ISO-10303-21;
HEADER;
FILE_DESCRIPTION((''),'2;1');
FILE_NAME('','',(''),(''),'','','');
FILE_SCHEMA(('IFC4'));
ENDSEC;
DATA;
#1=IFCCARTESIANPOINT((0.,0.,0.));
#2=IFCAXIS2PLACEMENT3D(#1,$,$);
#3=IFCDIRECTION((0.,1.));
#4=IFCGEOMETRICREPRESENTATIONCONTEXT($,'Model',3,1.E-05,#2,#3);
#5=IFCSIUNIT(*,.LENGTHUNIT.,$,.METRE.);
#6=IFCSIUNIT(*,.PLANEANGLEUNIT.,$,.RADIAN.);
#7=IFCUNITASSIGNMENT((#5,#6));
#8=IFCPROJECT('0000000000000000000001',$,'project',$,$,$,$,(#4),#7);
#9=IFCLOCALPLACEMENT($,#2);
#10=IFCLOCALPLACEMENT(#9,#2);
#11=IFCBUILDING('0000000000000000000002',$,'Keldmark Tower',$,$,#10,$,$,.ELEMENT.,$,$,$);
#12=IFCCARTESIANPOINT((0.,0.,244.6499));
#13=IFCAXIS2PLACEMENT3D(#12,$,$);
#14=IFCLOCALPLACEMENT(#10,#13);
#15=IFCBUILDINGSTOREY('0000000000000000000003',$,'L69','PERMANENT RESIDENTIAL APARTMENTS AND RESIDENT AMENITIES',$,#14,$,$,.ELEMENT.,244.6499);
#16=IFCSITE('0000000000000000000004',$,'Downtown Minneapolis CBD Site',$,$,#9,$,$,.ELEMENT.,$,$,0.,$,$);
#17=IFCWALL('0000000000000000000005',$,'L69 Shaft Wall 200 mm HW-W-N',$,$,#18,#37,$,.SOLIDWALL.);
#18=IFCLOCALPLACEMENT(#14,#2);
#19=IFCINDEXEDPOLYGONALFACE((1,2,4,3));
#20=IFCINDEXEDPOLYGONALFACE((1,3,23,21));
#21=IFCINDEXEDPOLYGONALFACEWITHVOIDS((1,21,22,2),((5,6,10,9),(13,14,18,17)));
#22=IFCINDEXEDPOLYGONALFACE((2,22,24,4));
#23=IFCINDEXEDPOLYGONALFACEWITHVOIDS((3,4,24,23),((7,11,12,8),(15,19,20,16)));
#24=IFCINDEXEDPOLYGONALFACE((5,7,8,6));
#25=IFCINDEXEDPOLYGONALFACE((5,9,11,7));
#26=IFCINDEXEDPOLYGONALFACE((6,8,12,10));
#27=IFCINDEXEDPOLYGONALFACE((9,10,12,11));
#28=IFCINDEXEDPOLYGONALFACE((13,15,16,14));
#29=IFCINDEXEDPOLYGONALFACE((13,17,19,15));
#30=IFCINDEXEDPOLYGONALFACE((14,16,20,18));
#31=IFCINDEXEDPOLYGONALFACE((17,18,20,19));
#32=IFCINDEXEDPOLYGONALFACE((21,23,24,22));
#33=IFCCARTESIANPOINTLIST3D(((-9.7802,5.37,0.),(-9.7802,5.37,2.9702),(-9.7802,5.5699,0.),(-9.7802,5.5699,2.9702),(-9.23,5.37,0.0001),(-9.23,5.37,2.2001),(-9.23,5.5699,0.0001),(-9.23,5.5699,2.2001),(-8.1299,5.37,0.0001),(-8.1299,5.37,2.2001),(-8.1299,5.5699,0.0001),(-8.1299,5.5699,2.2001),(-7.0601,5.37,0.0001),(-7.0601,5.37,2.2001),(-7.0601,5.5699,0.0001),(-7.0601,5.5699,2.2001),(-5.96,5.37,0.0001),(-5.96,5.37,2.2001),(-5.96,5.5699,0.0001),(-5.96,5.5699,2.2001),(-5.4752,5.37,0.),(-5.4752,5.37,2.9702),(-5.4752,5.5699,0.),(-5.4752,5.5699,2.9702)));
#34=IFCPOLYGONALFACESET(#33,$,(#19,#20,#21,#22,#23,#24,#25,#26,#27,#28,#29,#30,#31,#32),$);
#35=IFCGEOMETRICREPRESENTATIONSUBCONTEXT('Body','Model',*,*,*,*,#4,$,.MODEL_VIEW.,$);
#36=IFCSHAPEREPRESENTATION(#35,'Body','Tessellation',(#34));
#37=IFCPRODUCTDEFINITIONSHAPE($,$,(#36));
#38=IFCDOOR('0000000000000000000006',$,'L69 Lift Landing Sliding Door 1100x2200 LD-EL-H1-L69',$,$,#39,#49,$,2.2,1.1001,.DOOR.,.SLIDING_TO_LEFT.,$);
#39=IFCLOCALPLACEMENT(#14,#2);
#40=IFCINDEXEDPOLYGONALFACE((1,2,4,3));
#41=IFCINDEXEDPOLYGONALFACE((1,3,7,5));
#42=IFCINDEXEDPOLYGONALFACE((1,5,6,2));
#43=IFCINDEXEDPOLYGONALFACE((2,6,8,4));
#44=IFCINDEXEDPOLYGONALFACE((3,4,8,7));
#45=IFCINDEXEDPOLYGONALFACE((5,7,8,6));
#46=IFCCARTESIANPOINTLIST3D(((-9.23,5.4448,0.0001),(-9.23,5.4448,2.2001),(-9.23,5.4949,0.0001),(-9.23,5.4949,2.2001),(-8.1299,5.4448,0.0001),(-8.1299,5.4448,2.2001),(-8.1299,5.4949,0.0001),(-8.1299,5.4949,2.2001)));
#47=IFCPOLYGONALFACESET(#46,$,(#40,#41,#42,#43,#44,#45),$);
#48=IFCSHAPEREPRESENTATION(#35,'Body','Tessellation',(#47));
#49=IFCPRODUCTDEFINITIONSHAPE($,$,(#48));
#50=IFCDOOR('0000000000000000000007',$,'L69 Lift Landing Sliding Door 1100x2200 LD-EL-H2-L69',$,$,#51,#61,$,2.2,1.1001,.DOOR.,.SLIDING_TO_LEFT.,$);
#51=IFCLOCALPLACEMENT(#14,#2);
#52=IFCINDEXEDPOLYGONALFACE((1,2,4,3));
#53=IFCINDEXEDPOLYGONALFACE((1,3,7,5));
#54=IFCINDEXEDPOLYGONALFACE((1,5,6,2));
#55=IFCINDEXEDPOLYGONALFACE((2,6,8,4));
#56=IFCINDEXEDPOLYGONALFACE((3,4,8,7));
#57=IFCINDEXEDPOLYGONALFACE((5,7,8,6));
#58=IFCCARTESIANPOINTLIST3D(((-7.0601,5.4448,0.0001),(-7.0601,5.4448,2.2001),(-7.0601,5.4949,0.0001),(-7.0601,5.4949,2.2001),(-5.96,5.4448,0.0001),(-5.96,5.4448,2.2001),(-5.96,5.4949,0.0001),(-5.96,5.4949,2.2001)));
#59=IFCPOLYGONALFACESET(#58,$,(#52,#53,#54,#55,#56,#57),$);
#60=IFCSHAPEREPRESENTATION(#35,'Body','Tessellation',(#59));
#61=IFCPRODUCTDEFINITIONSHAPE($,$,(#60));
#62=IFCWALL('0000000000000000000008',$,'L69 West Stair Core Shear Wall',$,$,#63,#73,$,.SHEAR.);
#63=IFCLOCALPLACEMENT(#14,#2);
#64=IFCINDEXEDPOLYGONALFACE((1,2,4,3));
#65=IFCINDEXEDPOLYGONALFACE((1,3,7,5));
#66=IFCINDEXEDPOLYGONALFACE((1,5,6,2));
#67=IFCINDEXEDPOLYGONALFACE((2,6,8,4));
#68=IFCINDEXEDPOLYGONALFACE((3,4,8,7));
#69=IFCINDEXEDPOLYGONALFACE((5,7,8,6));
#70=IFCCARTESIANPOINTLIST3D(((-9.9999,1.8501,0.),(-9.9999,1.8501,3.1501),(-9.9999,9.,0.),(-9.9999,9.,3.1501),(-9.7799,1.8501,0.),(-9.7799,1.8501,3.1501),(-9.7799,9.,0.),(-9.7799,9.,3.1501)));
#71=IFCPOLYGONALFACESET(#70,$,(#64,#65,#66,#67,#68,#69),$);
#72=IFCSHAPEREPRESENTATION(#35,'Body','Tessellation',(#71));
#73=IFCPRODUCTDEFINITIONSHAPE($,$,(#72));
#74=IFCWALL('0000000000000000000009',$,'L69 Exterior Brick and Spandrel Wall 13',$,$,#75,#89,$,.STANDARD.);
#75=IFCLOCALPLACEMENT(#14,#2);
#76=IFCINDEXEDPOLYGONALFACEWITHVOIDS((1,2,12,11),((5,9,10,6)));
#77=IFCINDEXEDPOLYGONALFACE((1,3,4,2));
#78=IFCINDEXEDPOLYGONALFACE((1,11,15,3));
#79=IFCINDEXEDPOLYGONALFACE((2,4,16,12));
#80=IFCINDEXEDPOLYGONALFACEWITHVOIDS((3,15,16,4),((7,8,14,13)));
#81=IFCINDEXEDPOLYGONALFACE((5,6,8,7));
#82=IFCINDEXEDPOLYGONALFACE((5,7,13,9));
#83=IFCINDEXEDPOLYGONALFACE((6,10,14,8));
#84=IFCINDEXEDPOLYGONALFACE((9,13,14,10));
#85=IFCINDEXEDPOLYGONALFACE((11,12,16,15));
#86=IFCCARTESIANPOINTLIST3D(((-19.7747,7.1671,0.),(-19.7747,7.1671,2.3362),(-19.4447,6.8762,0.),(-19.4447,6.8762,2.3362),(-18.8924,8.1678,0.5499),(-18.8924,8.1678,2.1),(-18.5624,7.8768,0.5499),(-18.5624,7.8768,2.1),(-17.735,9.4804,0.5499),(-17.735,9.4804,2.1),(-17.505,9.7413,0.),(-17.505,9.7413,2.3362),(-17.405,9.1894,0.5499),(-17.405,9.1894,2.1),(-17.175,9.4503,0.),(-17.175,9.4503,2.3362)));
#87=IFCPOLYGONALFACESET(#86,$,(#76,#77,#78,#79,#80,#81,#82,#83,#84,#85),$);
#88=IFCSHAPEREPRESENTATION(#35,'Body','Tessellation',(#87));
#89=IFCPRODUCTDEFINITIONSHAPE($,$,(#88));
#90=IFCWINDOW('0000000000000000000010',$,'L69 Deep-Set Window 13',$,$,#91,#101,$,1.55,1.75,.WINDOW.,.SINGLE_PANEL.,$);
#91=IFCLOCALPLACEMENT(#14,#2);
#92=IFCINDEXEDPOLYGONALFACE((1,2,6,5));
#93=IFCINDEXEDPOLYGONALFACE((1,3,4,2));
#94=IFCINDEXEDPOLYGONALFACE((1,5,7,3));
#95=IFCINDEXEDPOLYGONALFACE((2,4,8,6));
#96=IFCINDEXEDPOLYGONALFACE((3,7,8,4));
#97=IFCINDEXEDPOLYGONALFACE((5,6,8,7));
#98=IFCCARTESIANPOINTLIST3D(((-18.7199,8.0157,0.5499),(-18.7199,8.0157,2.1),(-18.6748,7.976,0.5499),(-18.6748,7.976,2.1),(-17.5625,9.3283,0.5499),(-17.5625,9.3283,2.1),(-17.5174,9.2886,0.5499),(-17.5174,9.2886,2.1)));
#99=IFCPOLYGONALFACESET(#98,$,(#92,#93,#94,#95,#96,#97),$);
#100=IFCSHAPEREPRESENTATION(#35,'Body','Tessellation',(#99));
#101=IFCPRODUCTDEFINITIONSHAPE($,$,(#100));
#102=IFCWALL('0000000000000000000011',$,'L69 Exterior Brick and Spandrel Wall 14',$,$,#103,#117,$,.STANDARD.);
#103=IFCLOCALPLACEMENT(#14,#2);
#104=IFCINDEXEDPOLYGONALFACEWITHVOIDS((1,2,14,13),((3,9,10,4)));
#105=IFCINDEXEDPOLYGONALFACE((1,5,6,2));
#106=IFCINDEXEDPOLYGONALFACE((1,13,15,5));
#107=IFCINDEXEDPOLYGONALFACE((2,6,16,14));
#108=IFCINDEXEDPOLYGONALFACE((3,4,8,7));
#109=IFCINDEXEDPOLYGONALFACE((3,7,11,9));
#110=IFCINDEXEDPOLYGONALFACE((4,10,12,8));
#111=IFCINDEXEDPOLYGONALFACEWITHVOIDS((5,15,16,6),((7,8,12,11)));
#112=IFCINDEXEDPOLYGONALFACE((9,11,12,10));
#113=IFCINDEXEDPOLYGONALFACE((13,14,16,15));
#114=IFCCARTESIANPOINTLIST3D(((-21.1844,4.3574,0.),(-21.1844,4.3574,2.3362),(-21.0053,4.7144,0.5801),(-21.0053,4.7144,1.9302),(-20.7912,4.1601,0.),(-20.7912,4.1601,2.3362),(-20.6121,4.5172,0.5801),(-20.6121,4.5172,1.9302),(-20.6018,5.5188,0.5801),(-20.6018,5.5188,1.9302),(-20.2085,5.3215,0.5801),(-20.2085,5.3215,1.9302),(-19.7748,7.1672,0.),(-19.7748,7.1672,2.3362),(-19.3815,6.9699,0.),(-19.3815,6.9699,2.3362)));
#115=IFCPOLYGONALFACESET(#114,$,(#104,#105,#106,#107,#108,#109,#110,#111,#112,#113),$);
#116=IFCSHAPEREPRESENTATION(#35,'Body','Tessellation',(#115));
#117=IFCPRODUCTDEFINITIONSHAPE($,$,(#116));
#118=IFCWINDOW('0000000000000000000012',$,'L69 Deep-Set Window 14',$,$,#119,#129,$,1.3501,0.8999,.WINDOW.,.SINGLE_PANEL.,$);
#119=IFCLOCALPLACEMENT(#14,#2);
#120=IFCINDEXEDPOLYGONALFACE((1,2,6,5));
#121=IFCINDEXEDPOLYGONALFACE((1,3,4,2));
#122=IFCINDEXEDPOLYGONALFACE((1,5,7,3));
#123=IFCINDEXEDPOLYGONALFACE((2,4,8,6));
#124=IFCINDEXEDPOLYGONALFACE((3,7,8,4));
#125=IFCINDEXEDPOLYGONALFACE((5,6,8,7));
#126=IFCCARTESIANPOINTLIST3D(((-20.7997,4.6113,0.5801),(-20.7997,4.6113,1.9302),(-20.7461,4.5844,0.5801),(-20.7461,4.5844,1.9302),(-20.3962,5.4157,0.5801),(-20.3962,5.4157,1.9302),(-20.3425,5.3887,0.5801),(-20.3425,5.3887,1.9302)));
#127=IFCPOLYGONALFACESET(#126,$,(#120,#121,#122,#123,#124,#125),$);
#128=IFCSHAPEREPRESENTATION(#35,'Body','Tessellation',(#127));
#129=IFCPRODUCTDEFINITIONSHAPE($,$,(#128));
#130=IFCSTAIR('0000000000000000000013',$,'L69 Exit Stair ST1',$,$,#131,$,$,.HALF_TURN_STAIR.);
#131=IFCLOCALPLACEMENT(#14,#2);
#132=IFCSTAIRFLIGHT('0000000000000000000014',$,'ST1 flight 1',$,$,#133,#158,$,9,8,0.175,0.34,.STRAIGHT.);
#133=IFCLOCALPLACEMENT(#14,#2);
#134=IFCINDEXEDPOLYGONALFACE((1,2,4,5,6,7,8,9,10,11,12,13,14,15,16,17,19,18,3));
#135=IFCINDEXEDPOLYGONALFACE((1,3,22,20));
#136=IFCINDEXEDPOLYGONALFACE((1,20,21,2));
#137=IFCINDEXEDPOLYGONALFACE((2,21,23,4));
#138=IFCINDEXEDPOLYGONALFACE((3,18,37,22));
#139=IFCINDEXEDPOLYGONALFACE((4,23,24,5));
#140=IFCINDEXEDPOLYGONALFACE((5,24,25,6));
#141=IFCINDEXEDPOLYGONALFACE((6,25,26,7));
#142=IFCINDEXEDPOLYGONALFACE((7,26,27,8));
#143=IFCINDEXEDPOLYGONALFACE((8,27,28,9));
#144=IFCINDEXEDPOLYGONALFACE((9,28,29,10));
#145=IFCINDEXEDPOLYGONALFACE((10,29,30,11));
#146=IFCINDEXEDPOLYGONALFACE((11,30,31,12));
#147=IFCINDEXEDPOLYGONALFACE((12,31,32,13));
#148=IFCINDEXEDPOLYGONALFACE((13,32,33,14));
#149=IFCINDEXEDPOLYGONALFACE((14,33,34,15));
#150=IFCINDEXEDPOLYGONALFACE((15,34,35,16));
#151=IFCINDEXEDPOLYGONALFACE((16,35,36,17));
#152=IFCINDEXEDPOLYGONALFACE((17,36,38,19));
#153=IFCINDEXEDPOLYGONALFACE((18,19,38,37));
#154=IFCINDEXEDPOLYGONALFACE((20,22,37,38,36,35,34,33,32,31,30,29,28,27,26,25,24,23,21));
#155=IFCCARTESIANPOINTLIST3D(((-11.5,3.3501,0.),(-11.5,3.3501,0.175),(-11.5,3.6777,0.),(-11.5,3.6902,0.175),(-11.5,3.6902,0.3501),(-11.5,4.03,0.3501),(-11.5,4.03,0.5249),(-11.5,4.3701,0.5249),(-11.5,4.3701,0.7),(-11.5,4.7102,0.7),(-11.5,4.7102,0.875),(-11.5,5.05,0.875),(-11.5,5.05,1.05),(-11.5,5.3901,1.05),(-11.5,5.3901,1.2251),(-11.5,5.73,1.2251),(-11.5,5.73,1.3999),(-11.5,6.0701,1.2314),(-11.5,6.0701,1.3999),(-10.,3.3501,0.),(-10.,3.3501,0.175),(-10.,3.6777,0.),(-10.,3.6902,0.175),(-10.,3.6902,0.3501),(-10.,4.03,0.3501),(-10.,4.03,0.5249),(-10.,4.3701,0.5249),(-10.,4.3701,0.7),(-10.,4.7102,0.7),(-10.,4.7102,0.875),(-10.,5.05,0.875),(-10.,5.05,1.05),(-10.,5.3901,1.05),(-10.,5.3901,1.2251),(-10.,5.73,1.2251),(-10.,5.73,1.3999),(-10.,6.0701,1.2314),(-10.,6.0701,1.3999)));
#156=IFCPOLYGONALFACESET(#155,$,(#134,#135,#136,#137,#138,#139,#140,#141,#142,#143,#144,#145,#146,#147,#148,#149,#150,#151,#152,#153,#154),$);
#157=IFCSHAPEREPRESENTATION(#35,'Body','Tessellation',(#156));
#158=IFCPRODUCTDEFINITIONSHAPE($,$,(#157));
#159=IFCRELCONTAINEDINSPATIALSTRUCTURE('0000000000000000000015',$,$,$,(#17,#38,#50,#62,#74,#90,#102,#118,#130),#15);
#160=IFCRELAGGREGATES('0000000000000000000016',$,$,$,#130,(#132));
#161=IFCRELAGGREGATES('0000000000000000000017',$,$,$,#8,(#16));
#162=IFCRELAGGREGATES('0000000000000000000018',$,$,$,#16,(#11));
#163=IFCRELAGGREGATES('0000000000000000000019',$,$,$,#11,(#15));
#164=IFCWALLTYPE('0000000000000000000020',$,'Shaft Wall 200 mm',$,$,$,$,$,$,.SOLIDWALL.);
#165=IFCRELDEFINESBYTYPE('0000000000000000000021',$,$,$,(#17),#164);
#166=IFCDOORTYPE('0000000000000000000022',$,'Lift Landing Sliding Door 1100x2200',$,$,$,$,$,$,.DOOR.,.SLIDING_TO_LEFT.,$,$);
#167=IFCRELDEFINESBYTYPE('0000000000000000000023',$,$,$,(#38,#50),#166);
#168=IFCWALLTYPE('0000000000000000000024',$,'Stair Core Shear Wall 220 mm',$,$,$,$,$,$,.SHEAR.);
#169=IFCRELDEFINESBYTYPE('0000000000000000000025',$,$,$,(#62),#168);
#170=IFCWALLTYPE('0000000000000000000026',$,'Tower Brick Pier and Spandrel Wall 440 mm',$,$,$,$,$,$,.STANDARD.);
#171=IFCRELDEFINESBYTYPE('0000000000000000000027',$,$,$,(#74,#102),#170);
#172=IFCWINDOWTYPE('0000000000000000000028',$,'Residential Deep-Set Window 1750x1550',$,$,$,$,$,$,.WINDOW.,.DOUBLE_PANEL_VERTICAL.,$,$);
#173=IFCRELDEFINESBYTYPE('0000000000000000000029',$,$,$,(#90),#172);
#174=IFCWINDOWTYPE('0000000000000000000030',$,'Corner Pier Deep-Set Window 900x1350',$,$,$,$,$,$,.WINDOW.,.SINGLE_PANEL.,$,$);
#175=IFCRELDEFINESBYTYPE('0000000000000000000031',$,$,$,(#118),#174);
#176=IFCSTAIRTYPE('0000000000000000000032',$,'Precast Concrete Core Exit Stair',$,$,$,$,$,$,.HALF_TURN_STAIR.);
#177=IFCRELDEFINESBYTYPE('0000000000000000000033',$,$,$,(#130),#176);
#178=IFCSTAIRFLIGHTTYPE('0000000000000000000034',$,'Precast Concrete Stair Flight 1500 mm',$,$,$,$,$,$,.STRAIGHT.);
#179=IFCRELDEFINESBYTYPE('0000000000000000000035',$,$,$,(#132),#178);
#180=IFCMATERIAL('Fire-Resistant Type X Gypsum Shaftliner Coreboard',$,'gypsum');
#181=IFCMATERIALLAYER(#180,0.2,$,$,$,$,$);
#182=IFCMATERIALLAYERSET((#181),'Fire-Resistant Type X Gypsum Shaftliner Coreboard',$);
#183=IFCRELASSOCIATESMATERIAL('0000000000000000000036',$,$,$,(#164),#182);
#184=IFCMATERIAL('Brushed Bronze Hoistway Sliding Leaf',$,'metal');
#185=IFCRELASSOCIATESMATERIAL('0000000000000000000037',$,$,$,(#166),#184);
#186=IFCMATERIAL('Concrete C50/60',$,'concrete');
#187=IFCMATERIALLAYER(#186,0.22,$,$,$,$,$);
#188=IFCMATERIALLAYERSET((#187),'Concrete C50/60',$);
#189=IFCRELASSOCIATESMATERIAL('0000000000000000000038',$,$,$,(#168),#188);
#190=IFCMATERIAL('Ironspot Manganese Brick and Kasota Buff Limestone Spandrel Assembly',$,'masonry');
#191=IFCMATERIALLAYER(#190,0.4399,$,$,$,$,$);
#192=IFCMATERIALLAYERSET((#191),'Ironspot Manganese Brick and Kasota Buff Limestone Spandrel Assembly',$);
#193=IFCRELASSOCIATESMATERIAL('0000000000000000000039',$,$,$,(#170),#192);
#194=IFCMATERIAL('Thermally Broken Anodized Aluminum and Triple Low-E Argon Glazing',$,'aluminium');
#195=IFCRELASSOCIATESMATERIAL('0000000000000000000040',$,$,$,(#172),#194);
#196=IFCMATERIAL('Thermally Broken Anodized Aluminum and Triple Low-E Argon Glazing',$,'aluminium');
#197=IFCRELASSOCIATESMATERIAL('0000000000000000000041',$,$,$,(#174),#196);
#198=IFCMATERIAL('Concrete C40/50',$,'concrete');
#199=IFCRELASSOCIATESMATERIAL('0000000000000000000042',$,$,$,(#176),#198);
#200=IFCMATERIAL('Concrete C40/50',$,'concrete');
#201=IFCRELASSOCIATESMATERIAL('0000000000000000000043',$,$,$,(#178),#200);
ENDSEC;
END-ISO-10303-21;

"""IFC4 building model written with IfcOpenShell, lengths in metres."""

from ifc_helpers import new_model, si_unit, direction, frame, frame_2d, origin, place, context, subcontext, project, spatial, polyline, rectangle, outline, extrude, material, layer, layer_set, type_object, element, fill, aggregate, save


model = new_model("IFC4")

# Units and contexts
model_context = context("Model", 3, precision=1e-05, world=origin(), true_north=direction((0.0, 1.0)))
body_context = subcontext(model_context, "Body", "Model", "MODEL_VIEW")
ifc_project = project(units=[si_unit("LENGTHUNIT", "METRE"), si_unit("PLANEANGLEUNIT", "RADIAN")], contexts=[model_context])

# Site, building, storey
site_placement = place(None, origin())
site = spatial("IfcSite", under=ifc_project, at=site_placement, Name="Downtown Minneapolis CBD Site", CompositionType="ELEMENT", RefElevation=0.0)
building_placement = place(site_placement, origin())
building = spatial("IfcBuilding", under=site, at=building_placement, Name="Keldmark Tower", CompositionType="ELEMENT")
storey_placement = place(building_placement, frame((0.0, 0.0, 244.6499)))
storey = spatial("IfcBuildingStorey", under=building, at=storey_placement, Name="L69", Description="PERMANENT RESIDENTIAL APARTMENTS AND RESIDENT AMENITIES", CompositionType="ELEMENT", Elevation=244.6499)

# Shared definitions
ifc_material_1 = material(Name="Fire-Resistant Type X Gypsum Shaftliner Coreboard", Category="gypsum")
ifc_layer_1 = layer(ifc_material_1, 0.2)
ifc_layer_set_1 = layer_set([ifc_layer_1], Name="Fire-Resistant Type X Gypsum Shaftliner Coreboard")
wall_type_1 = type_object("IfcWallType", Name="Shaft Wall 200 mm", PredefinedType="SOLIDWALL", material=ifc_layer_set_1)
ifc_material_2 = material(Name="Brushed Bronze Hoistway Sliding Leaf", Category="metal")
door_type_1 = type_object("IfcDoorType", Name="Lift Landing Sliding Door 1100x2200", OperationType="SLIDING_TO_LEFT", PredefinedType="DOOR", material=ifc_material_2)

# Wall, openings, doors
wall_1_placement = place(storey_placement, frame((-9.78, 5.47, 0.0), z_axis=(0.0, 0.0, 1.0), x_axis=(1.0, 0.0, 0.0)))
wall_1 = element("IfcWall", 1, at=wall_1_placement, inside=storey, type_object=wall_type_1, Name="L69 Shaft Wall 200 mm HW-W-N", PredefinedType="SOLIDWALL", context=body_context, shape_type="SweptSolid", body=[
    extrude(rectangle(XDim=4.3049, YDim=0.2, at=frame_2d((2.1523, 0.0))), origin(), (0.0, 0.0, 1.0), 2.9702),
])
opening_1_placement = place(wall_1_placement, frame((0.55, 0.0, 0.0)))
opening_1 = element("IfcOpeningElement", 2, at=opening_1_placement, cuts=wall_1, PredefinedType="OPENING", context=body_context, shape_type="SweptSolid", body=[
    extrude(rectangle(XDim=1.1001, YDim=2.2, at=frame_2d((0.55, 1.1001))), frame((0.0, 0.1099, 0.0), z_axis=(0.0, -1.0, 0.0), x_axis=(1.0, 0.0, 0.0)), (0.0, 0.0, 1.0), 0.22),
])
opening_2_placement = place(wall_1_placement, frame((2.72, 0.0, 0.0)))
opening_2 = element("IfcOpeningElement", 3, at=opening_2_placement, cuts=wall_1, PredefinedType="OPENING", context=body_context, shape_type="SweptSolid", body=[
    extrude(rectangle(XDim=1.1001, YDim=2.2, at=frame_2d((0.55, 1.1001))), frame((0.0, 0.1099, 0.0), z_axis=(0.0, -1.0, 0.0), x_axis=(1.0, 0.0, 0.0)), (0.0, 0.0, 1.0), 0.22),
])
door_1_placement = place(opening_1_placement, origin())
door_1 = element("IfcDoor", 4, at=door_1_placement, inside=storey, type_object=door_type_1, Name="L69 Lift Landing Sliding Door 1100x2200 LD-EL-H1-L69", OperationType="SLIDING_TO_LEFT", OverallHeight=2.2, OverallWidth=1.1001, PredefinedType="DOOR", context=body_context, shape_type="SweptSolid", body=[
    extrude(rectangle(XDim=1.1001, YDim=2.2, at=frame_2d((0.55, 1.1001))), frame((0.0, 0.0249, 0.0), z_axis=(0.0, -1.0, 0.0), x_axis=(1.0, 0.0, 0.0)), (0.0, 0.0, 1.0), 0.05),
])
fill(opening_1, door_1)
door_2_placement = place(opening_2_placement, origin())
door_2 = element("IfcDoor", 5, at=door_2_placement, inside=storey, type_object=door_type_1, Name="L69 Lift Landing Sliding Door 1100x2200 LD-EL-H2-L69", OperationType="SLIDING_TO_LEFT", OverallHeight=2.2, OverallWidth=1.1001, PredefinedType="DOOR", context=body_context, shape_type="SweptSolid", body=[
    extrude(rectangle(XDim=1.1001, YDim=2.2, at=frame_2d((0.55, 1.1001))), frame((0.0, 0.0249, 0.0), z_axis=(0.0, -1.0, 0.0), x_axis=(1.0, 0.0, 0.0)), (0.0, 0.0, 1.0), 0.05),
])
fill(opening_2, door_2)

# Wall
ifc_material_3 = material(Name="Concrete C50/60", Category="concrete")
ifc_layer_2 = layer(ifc_material_3, 0.22)
ifc_layer_set_2 = layer_set([ifc_layer_2], Name="Concrete C50/60")
wall_type_2 = type_object("IfcWallType", Name="Stair Core Shear Wall 220 mm", PredefinedType="SHEAR", material=ifc_layer_set_2)
wall_2_placement = place(storey_placement, frame((-9.8899, 1.8501, 0.0), z_axis=(0.0, 0.0, 1.0), x_axis=(0.0, 1.0, 0.0)))
element("IfcWall", 6, at=wall_2_placement, inside=storey, type_object=wall_type_2, Name="L69 West Stair Core Shear Wall", PredefinedType="SHEAR", context=body_context, shape_type="SweptSolid", body=[
    extrude(rectangle(XDim=7.1499, YDim=0.22, at=frame_2d((3.575, 0.0))), origin(), (0.0, 0.0, 1.0), 3.1501),
])

# Walls, openings, windows
ifc_material_4 = material(Name="Ironspot Manganese Brick and Kasota Buff Limestone Spandrel Assembly", Category="masonry")
ifc_layer_3 = layer(ifc_material_4, 0.4399)
ifc_layer_set_3 = layer_set([ifc_layer_3], Name="Ironspot Manganese Brick and Kasota Buff Limestone Spandrel Assembly")
wall_type_3 = type_object("IfcWallType", Name="Tower Brick Pier and Spandrel Wall 440 mm", PredefinedType="STANDARD", material=ifc_layer_set_3)
wall_3_placement = place(storey_placement, frame((-19.6096, 7.0217, 0.0), z_axis=(0.0, 0.0, 1.0), x_axis=(0.66136, 0.750068, 0.0)))
wall_3 = element("IfcWall", 7, at=wall_3_placement, inside=storey, type_object=wall_type_3, Name="L69 Exterior Brick and Spandrel Wall 13", PredefinedType="STANDARD", context=body_context, shape_type="SweptSolid", body=[
    extrude(rectangle(XDim=3.4319, YDim=0.4399, at=frame_2d((1.7158, 0.0))), origin(), (0.0, 0.0, 1.0), 2.3362),
])
opening_3_placement = place(wall_3_placement, frame((1.334, 0.0, 0.55)))
opening_3 = element("IfcOpeningElement", 8, at=opening_3_placement, cuts=wall_3, PredefinedType="OPENING", context=body_context, shape_type="SweptSolid", body=[
    extrude(rectangle(XDim=1.75, YDim=1.55, at=frame_2d((0.875, 0.7749))), frame((0.0, 0.23, 0.0), z_axis=(0.0, -1.0, 0.0), x_axis=(1.0, 0.0, 0.0)), (0.0, 0.0, 1.0), 0.46),
])
ifc_material_5 = material(Name="Thermally Broken Anodized Aluminum and Triple Low-E Argon Glazing", Category="aluminium")
window_type_1 = type_object("IfcWindowType", Name="Residential Deep-Set Window 1750x1550", PartitioningType="DOUBLE_PANEL_VERTICAL", PredefinedType="WINDOW", material=ifc_material_5)
window_1_placement = place(opening_3_placement, origin())
window_1 = element("IfcWindow", 9, at=window_1_placement, inside=storey, type_object=window_type_1, Name="L69 Deep-Set Window 13", OverallHeight=1.55, OverallWidth=1.75, PartitioningType="SINGLE_PANEL", PredefinedType="WINDOW", context=body_context, shape_type="SweptSolid", body=[
    extrude(rectangle(XDim=1.75, YDim=1.55, at=frame_2d((0.875, 0.7749))), frame((0.0, -0.01, 0.0), z_axis=(0.0, -1.0, 0.0), x_axis=(1.0, 0.0, 0.0)), (0.0, 0.0, 1.0), 0.0601),
])
fill(opening_3, window_1)
wall_4_placement = place(storey_placement, frame((-20.9878, 4.2588, 0.0), z_axis=(0.0, 0.0, 1.0), x_axis=(0.448425, 0.893821, 0.0)))
wall_4 = element("IfcWall", 10, at=wall_4_placement, inside=storey, type_object=wall_type_3, Name="L69 Exterior Brick and Spandrel Wall 14", PredefinedType="STANDARD", context=body_context, shape_type="SweptSolid", body=[
    extrude(rectangle(XDim=3.1436, YDim=0.4399, at=frame_2d((1.5718, 0.0))), origin(), (0.0, 0.0, 1.0), 2.3362),
])
opening_4_placement = place(wall_4_placement, frame((0.3994, 0.0, 0.5801)))
opening_4 = element("IfcOpeningElement", 11, at=opening_4_placement, cuts=wall_4, PredefinedType="OPENING", context=body_context, shape_type="SweptSolid", body=[
    extrude(rectangle(XDim=0.8999, YDim=1.3501, at=frame_2d((0.45, 0.675))), frame((0.0, 0.23, 0.0), z_axis=(0.0, -1.0, 0.0), x_axis=(1.0, 0.0, 0.0)), (0.0, 0.0, 1.0), 0.46),
])
ifc_material_6 = material(Name="Thermally Broken Anodized Aluminum and Triple Low-E Argon Glazing", Category="aluminium")
window_type_2 = type_object("IfcWindowType", Name="Corner Pier Deep-Set Window 900x1350", PartitioningType="SINGLE_PANEL", PredefinedType="WINDOW", material=ifc_material_6)
window_2_placement = place(opening_4_placement, origin())
window_2 = element("IfcWindow", 12, at=window_2_placement, inside=storey, type_object=window_type_2, Name="L69 Deep-Set Window 14", OverallHeight=1.3501, OverallWidth=0.8999, PartitioningType="SINGLE_PANEL", PredefinedType="WINDOW", context=body_context, shape_type="SweptSolid", body=[
    extrude(rectangle(XDim=0.8999, YDim=1.3501, at=frame_2d((0.45, 0.675))), frame((0.0, -0.01, 0.0), z_axis=(0.0, -1.0, 0.0), x_axis=(1.0, 0.0, 0.0)), (0.0, 0.0, 1.0), 0.0601),
])
fill(opening_4, window_2)

# Stair, stair flight
ifc_material_7 = material(Name="Concrete C40/50", Category="concrete")
stair_type = type_object("IfcStairType", Name="Precast Concrete Core Exit Stair", PredefinedType="HALF_TURN_STAIR", material=ifc_material_7)
stair_placement = place(storey_placement, origin())
stair = element("IfcStair", 13, at=stair_placement, inside=storey, type_object=stair_type, Name="L69 Exit Stair ST1", PredefinedType="HALF_TURN_STAIR")
ifc_material_8 = material(Name="Concrete C40/50", Category="concrete")
stair_flight_type = type_object("IfcStairFlightType", Name="Precast Concrete Stair Flight 1500 mm", PredefinedType="STRAIGHT", material=ifc_material_8)
stair_flight_1_placement = place(storey_placement, frame((-10.75, 3.3501, 0.0), z_axis=(0.0, 0.0, 1.0), x_axis=(0.0, 1.0, 0.0)))
stair_flight_1 = element("IfcStairFlight", 14, at=stair_flight_1_placement, type_object=stair_flight_type, Name="ST1 flight 1", NumberOfRisers=9, NumberOfTreads=8, PredefinedType="STRAIGHT", RiserHeight=0.175, TreadLength=0.34, context=body_context, shape_type="SweptSolid", body=[
    extrude(outline(polyline([(0.0, 0.0), (0.0, 0.175), (0.3401, 0.175), (0.3401, 0.3501), (0.6799, 0.3501), (0.6799, 0.5249), (1.02, 0.5249), (1.02, 0.7), (1.3601, 0.7), (1.3601, 0.875), (1.7, 0.875), (1.7, 1.05), (2.04, 1.05), (2.04, 1.2251), (2.3799, 1.2251), (2.3799, 1.3999), (2.72, 1.3999), (2.72, 1.575), (2.72, 1.2314), (0.3276, 0.0), (0.0, 0.0)])), frame((0.0, 0.75, 0.0), z_axis=(0.0, -1.0, 0.0), x_axis=(1.0, 0.0, 0.0)), (0.0, 0.0, 1.0), 1.5),
])
aggregate(stair, [stair_flight_1])

save(model, "model.ifc")
